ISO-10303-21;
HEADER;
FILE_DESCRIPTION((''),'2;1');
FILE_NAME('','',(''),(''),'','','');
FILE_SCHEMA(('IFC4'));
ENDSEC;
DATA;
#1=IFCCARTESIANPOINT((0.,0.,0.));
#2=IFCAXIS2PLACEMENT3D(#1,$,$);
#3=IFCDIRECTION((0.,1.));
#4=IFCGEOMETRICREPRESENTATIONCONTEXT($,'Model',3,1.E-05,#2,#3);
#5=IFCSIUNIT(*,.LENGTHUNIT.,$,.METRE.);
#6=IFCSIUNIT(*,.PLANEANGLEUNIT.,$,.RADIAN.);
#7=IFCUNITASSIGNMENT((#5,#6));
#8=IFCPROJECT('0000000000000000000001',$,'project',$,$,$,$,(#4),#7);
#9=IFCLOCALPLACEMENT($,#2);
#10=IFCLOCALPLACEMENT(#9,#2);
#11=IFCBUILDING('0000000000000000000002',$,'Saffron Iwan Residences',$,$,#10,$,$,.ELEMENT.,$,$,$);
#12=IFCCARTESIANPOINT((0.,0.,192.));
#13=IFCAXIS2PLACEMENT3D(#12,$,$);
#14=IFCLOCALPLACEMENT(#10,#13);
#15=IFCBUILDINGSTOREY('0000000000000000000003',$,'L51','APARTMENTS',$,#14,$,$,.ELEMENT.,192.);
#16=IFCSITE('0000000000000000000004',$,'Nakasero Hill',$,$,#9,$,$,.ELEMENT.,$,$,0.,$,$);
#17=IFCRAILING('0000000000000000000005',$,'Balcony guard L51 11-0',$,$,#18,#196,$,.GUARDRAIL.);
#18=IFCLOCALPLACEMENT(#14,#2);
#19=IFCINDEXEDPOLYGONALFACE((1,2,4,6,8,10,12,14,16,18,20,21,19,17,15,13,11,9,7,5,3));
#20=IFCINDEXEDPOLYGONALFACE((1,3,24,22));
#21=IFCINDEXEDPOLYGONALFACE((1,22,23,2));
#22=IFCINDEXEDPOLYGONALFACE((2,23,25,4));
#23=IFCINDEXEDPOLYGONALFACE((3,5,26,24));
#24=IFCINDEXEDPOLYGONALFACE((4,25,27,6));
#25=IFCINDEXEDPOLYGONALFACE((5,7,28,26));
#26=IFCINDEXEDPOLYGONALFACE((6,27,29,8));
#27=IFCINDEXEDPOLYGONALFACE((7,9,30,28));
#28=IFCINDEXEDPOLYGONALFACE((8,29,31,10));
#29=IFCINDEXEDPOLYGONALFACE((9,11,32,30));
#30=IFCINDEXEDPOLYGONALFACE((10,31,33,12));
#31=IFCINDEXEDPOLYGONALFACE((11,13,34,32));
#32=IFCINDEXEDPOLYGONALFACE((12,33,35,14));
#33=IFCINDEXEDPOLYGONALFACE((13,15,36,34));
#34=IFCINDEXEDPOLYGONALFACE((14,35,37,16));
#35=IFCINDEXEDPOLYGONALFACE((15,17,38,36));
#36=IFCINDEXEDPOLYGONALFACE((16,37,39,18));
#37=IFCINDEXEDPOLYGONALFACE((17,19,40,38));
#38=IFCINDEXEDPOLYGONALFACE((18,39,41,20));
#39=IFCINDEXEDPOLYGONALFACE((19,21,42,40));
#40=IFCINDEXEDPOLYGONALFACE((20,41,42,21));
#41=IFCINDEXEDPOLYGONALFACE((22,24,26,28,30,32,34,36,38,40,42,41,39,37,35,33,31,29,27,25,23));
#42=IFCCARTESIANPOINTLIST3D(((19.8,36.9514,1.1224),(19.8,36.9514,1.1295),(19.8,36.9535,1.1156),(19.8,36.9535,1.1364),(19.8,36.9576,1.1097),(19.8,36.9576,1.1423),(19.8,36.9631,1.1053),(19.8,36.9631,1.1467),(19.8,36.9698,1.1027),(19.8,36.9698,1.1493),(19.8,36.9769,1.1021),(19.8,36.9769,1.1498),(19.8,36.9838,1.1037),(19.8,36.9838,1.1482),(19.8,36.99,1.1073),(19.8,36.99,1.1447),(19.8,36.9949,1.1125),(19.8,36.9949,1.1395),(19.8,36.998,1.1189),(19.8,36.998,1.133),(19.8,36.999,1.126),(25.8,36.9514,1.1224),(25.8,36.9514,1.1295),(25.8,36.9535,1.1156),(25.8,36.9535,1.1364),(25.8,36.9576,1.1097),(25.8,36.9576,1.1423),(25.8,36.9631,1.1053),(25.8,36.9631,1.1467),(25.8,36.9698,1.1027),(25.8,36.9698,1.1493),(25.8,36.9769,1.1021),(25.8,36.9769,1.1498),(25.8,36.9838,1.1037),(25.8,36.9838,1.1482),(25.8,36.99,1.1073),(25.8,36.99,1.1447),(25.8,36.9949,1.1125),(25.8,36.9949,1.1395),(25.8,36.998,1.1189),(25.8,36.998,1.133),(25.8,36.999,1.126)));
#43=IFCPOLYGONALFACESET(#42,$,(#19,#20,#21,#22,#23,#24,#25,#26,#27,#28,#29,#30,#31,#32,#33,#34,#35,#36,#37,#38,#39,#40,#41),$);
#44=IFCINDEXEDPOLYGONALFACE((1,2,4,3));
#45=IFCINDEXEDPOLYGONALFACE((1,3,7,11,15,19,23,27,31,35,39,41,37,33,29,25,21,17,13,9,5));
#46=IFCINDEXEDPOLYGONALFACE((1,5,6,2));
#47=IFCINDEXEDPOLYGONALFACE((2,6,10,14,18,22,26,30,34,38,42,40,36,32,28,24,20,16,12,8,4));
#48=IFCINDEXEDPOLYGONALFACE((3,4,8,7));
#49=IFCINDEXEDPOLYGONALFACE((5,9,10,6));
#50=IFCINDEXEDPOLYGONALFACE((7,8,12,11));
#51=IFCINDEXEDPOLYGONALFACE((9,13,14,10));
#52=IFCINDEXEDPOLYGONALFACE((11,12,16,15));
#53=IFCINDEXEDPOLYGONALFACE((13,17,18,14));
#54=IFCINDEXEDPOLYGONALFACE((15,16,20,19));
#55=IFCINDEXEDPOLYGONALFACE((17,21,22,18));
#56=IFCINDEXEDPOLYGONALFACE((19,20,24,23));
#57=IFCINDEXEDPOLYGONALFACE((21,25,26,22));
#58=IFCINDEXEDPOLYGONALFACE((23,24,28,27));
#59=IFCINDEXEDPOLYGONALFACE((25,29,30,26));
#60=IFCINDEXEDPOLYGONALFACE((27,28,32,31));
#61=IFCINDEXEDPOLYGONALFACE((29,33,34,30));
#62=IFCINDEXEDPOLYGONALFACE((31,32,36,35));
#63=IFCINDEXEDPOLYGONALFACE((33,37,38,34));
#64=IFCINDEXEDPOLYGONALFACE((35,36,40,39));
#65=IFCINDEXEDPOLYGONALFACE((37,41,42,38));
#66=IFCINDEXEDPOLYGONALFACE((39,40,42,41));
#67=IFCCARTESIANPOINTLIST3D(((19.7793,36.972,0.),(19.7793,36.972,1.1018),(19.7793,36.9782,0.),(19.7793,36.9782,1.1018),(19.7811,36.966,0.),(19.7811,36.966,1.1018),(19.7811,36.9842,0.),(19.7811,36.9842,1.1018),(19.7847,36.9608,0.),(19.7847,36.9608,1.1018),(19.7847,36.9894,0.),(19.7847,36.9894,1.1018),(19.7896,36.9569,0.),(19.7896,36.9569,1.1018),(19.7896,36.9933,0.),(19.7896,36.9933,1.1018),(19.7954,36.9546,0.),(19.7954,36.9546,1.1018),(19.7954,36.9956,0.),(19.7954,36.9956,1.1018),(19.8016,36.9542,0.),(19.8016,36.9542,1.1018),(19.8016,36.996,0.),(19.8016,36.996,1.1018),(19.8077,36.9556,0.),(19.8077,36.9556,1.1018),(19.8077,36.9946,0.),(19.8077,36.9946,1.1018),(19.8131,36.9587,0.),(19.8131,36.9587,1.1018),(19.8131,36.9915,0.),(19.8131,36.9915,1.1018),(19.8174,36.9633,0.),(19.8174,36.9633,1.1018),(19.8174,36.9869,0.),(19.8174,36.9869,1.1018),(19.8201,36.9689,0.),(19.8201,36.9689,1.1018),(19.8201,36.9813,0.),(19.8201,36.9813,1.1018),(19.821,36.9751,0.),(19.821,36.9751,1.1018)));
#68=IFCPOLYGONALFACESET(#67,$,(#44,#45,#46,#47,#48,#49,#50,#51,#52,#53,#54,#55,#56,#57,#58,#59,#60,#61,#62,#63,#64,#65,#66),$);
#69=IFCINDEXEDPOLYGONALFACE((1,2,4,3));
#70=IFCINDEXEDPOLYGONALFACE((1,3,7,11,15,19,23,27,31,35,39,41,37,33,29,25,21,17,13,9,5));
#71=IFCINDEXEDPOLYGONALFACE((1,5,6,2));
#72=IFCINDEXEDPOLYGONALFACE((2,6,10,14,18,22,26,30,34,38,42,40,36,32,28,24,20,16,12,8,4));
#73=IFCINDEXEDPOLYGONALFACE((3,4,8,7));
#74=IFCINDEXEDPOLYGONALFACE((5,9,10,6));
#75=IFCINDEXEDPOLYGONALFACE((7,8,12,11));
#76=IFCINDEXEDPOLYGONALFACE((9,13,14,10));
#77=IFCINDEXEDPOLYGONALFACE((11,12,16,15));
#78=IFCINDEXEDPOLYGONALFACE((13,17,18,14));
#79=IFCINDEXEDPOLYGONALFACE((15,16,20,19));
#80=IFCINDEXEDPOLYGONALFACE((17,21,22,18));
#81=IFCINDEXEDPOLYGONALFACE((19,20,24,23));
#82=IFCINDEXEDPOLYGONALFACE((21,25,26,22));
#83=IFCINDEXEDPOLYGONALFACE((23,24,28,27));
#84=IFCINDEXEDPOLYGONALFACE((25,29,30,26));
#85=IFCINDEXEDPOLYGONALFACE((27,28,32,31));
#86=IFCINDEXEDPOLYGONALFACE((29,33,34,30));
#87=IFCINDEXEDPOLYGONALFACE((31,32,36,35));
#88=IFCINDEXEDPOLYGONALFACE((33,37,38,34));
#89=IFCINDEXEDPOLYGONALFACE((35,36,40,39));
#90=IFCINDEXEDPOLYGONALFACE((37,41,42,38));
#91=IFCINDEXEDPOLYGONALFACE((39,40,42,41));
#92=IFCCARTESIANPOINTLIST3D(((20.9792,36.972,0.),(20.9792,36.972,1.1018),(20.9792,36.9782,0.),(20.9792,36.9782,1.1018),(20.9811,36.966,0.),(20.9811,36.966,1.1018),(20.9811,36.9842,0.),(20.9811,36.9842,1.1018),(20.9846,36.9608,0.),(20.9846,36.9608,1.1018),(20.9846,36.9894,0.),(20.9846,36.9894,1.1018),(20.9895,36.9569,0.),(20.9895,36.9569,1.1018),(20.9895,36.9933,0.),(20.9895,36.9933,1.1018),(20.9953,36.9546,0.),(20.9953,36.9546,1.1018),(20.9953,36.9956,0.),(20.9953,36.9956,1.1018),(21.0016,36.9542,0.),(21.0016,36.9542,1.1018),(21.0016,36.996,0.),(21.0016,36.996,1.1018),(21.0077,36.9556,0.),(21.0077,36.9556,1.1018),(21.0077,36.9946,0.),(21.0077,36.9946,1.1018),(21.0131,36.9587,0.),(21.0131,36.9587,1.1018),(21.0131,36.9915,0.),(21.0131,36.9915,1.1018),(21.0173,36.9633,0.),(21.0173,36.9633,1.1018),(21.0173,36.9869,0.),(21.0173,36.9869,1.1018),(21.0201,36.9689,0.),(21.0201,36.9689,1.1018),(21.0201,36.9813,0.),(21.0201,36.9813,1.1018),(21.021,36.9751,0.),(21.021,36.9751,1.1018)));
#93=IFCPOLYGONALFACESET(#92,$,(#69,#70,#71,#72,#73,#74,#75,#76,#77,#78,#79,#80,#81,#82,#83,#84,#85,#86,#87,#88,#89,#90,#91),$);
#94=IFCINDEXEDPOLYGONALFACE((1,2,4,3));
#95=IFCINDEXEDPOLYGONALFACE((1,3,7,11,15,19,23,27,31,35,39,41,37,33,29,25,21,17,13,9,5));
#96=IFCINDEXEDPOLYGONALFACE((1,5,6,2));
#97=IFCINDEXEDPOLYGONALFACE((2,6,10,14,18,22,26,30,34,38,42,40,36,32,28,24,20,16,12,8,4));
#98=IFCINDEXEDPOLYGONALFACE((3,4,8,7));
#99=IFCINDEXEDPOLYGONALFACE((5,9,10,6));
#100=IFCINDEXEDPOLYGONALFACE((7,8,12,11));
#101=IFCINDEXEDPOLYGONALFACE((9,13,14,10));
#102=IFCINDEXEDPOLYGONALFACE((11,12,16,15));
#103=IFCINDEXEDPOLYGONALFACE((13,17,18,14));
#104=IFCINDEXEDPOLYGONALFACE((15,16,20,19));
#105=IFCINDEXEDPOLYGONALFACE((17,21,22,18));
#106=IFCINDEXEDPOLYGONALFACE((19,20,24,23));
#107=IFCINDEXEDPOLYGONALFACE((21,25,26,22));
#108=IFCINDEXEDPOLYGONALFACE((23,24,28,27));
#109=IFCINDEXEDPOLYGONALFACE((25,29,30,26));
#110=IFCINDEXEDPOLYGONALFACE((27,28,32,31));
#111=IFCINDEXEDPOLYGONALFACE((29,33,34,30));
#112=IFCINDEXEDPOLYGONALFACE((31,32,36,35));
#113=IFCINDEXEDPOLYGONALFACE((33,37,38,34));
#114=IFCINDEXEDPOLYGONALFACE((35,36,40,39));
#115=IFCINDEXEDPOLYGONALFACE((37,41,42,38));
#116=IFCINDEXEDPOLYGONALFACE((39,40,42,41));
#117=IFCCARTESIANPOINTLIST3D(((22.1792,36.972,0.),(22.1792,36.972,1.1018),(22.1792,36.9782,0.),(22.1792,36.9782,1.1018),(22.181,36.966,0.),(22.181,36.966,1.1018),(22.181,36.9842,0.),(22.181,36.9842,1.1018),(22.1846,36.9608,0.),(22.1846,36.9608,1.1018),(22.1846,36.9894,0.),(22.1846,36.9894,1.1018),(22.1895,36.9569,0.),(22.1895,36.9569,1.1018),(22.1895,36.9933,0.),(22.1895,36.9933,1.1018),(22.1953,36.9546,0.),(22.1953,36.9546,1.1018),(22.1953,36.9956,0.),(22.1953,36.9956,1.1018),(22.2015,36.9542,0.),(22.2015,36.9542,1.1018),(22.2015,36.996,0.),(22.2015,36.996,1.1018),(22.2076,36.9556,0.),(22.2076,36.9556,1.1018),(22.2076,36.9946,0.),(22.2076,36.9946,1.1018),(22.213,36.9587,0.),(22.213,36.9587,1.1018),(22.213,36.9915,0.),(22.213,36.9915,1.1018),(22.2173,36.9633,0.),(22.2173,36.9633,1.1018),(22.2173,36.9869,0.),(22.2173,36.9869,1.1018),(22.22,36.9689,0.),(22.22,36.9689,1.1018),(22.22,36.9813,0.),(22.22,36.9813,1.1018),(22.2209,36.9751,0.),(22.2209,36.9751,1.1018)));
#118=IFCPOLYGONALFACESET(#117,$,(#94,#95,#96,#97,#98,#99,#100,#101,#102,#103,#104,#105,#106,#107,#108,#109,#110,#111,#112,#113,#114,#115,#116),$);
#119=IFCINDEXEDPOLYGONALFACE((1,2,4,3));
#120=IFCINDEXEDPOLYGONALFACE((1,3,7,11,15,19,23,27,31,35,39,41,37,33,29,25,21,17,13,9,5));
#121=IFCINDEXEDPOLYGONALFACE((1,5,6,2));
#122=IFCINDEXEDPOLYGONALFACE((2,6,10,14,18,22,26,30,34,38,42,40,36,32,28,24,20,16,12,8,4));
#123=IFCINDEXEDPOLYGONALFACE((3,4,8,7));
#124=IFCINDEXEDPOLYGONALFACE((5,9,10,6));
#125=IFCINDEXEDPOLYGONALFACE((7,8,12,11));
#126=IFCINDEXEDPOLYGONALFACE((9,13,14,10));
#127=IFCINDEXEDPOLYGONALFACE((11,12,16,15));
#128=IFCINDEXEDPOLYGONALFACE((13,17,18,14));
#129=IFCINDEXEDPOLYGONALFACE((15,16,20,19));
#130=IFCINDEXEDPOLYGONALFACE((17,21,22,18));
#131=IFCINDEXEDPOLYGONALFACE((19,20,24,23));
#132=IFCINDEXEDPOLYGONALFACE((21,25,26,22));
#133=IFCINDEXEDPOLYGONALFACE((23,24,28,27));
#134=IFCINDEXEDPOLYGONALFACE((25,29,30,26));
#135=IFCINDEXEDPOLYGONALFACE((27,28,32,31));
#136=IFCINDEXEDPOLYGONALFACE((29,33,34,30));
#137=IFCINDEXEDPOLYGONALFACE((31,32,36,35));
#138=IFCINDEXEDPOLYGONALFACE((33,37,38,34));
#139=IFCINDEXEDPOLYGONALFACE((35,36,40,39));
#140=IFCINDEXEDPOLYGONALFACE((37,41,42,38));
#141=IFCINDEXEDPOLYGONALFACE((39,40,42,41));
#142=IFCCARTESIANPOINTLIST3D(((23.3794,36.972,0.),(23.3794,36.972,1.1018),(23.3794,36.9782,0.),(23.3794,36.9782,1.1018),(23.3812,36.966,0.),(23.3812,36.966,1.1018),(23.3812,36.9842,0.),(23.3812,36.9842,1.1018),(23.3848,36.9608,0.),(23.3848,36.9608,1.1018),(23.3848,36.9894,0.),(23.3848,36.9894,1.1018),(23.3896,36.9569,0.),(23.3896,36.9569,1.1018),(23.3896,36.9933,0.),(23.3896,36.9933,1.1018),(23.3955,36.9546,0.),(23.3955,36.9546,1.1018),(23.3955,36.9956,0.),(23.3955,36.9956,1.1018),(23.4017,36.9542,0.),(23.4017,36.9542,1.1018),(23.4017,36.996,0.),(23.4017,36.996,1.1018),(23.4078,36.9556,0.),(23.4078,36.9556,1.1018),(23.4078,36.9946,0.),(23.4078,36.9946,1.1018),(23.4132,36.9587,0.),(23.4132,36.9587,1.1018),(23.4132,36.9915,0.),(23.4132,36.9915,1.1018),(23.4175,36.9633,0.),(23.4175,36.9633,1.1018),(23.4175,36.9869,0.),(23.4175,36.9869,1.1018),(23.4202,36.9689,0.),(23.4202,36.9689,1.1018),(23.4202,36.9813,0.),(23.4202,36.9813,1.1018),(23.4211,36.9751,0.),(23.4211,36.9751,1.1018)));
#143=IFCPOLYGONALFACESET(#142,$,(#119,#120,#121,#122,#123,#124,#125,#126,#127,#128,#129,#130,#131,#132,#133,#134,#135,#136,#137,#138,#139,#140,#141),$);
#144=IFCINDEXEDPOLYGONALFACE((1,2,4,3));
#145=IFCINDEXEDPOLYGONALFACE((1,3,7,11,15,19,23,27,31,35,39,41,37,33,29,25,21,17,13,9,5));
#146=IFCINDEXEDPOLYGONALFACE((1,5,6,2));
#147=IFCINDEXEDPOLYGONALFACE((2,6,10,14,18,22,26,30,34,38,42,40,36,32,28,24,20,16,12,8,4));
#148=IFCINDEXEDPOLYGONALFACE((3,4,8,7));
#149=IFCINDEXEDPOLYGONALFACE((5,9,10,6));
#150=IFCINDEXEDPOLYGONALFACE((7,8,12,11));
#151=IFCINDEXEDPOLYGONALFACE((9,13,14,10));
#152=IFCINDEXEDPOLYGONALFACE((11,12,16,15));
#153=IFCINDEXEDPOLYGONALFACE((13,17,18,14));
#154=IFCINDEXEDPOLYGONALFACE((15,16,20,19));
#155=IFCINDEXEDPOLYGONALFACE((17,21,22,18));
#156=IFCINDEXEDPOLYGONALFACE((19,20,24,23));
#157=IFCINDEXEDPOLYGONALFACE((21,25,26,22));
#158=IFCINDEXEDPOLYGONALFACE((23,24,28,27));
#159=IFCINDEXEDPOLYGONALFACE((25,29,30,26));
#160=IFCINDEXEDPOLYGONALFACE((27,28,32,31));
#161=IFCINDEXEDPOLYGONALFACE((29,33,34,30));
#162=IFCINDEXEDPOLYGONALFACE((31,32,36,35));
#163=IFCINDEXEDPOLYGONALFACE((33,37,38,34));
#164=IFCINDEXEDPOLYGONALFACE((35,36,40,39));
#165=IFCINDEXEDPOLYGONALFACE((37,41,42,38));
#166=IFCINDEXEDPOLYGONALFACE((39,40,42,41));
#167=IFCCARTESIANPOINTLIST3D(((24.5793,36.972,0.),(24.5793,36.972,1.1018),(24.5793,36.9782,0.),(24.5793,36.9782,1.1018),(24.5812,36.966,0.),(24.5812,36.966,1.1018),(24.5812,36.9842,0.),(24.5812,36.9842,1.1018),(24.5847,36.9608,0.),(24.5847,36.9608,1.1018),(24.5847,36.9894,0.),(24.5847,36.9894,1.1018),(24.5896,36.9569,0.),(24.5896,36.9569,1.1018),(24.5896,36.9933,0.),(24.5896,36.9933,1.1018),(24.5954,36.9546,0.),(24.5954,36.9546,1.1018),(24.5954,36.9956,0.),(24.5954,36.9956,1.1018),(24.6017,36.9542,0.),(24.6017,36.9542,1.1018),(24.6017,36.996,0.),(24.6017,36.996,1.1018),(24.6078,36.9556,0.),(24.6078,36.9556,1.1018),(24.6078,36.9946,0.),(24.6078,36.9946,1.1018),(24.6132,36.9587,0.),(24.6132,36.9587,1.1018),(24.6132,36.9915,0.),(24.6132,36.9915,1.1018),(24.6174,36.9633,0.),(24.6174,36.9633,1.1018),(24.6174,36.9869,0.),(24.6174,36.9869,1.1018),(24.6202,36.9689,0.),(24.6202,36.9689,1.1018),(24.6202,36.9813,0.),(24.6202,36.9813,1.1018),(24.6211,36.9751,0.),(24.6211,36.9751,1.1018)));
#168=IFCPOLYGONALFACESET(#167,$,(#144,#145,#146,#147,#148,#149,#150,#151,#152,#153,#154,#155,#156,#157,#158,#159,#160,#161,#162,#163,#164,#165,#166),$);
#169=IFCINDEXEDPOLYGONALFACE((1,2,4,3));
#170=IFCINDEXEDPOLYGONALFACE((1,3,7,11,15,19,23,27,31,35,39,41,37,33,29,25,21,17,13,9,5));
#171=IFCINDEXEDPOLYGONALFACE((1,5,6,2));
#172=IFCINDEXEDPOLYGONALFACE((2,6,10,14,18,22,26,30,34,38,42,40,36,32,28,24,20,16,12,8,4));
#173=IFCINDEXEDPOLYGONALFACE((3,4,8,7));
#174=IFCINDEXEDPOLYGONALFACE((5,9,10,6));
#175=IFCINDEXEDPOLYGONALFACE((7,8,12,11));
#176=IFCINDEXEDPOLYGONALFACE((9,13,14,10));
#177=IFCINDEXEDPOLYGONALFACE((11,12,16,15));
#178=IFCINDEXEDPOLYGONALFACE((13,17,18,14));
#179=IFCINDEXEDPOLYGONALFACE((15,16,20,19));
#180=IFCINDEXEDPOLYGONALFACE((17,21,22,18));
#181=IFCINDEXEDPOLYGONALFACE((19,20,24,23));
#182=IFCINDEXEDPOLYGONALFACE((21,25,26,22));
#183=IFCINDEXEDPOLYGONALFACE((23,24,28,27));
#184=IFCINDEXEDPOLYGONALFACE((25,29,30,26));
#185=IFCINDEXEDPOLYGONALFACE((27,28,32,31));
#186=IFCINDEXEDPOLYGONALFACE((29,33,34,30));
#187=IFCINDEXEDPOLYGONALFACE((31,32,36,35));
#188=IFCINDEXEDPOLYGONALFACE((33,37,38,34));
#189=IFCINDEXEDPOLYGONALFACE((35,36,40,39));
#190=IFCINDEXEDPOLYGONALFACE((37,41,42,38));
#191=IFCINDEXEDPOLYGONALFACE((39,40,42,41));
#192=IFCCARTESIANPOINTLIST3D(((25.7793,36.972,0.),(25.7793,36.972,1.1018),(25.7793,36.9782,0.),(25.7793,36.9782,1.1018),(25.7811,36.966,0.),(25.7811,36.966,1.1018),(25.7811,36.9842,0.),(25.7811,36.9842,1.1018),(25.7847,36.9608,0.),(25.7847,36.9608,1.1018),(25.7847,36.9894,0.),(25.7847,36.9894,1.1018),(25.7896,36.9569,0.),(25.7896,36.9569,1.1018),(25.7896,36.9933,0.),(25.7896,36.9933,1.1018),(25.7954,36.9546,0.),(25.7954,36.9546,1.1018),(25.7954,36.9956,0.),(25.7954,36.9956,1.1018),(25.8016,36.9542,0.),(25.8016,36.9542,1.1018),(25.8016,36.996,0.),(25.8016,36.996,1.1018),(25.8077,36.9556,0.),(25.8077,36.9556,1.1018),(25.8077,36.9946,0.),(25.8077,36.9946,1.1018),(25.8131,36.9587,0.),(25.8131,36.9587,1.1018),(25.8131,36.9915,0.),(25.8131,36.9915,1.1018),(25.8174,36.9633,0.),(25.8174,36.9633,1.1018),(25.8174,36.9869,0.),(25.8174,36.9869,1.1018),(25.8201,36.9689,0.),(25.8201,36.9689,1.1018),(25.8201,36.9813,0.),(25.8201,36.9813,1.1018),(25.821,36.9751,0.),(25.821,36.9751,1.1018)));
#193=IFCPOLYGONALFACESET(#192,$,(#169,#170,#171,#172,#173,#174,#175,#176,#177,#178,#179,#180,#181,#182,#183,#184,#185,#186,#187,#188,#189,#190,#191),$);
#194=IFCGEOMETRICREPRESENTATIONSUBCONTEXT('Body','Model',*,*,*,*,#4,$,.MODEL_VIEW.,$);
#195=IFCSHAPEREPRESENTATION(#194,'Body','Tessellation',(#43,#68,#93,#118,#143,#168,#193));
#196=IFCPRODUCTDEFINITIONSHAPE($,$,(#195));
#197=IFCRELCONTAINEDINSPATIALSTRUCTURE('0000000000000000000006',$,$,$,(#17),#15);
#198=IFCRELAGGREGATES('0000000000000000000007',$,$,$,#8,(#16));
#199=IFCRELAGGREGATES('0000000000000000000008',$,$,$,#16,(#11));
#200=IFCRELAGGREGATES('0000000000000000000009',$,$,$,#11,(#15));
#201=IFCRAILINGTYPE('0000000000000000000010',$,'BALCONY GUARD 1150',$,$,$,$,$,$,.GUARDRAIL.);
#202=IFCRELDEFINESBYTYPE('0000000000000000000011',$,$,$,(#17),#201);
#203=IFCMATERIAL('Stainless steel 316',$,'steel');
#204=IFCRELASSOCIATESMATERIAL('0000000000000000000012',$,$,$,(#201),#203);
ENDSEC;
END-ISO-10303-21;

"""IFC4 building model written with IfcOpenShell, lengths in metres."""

from ifc_helpers import new_model, si_unit, direction, frame, origin, origin_2d, place, context, subcontext, project, spatial, circle, extrude, material, type_object, element, save


model = new_model("IFC4")

# Units and contexts
model_context = context("Model", 3, precision=1e-05, world=origin(), true_north=direction((0.0, 1.0)))
body_context = subcontext(model_context, "Body", "Model", "MODEL_VIEW")
ifc_project = project(units=[si_unit("LENGTHUNIT", "METRE"), si_unit("PLANEANGLEUNIT", "RADIAN")], contexts=[model_context])

# Site, building, storey
site_placement = place(None, origin())
site = spatial("IfcSite", under=ifc_project, at=site_placement, Name="Nakasero Hill", CompositionType="ELEMENT", RefElevation=0.0)
building_placement = place(site_placement, origin())
building = spatial("IfcBuilding", under=site, at=building_placement, Name="Saffron Iwan Residences", CompositionType="ELEMENT")
storey_placement = place(building_placement, frame((0.0, 0.0, 192.0)))
storey = spatial("IfcBuildingStorey", under=building, at=storey_placement, Name="L51", Description="APARTMENTS", CompositionType="ELEMENT", Elevation=192.0)

# Railing
ifc_material_1 = material(Name="Stainless steel 316", Category="steel")
railing_type = type_object("IfcRailingType", Name="BALCONY GUARD 1150", PredefinedType="GUARDRAIL", material=ifc_material_1)
railing_placement = place(storey_placement, frame((19.8, 36.9751, 0.0)))
element("IfcRailing", 1, at=railing_placement, inside=storey, type_object=railing_type, Name="Balcony guard L51 11-0", PredefinedType="GUARDRAIL", context=body_context, shape_type="SweptSolid", body=[
    extrude(circle(Radius=0.0239, at=origin_2d()), frame((0.0, 0.0, 1.126), z_axis=(1.0, 0.0, 0.0), x_axis=(0.0, 1.0, 0.0)), (0.0, 0.0, 1.0), 6.0),
    extrude(circle(Radius=0.021, at=origin_2d()), origin(), (0.0, 0.0, 1.0), 1.1018),
    extrude(circle(Radius=0.021, at=origin_2d()), frame((1.2, 0.0, 0.0)), (0.0, 0.0, 1.0), 1.1018),
    extrude(circle(Radius=0.021, at=origin_2d()), frame((2.3999, 0.0, 0.0)), (0.0, 0.0, 1.0), 1.1018),
    extrude(circle(Radius=0.021, at=origin_2d()), frame((3.6001, 0.0, 0.0)), (0.0, 0.0, 1.0), 1.1018),
    extrude(circle(Radius=0.021, at=origin_2d()), frame((4.8, 0.0, 0.0)), (0.0, 0.0, 1.0), 1.1018),
    extrude(circle(Radius=0.021, at=origin_2d()), frame((6.0, 0.0, 0.0)), (0.0, 0.0, 1.0), 1.1018),
])

save(model, "model.ifc")
